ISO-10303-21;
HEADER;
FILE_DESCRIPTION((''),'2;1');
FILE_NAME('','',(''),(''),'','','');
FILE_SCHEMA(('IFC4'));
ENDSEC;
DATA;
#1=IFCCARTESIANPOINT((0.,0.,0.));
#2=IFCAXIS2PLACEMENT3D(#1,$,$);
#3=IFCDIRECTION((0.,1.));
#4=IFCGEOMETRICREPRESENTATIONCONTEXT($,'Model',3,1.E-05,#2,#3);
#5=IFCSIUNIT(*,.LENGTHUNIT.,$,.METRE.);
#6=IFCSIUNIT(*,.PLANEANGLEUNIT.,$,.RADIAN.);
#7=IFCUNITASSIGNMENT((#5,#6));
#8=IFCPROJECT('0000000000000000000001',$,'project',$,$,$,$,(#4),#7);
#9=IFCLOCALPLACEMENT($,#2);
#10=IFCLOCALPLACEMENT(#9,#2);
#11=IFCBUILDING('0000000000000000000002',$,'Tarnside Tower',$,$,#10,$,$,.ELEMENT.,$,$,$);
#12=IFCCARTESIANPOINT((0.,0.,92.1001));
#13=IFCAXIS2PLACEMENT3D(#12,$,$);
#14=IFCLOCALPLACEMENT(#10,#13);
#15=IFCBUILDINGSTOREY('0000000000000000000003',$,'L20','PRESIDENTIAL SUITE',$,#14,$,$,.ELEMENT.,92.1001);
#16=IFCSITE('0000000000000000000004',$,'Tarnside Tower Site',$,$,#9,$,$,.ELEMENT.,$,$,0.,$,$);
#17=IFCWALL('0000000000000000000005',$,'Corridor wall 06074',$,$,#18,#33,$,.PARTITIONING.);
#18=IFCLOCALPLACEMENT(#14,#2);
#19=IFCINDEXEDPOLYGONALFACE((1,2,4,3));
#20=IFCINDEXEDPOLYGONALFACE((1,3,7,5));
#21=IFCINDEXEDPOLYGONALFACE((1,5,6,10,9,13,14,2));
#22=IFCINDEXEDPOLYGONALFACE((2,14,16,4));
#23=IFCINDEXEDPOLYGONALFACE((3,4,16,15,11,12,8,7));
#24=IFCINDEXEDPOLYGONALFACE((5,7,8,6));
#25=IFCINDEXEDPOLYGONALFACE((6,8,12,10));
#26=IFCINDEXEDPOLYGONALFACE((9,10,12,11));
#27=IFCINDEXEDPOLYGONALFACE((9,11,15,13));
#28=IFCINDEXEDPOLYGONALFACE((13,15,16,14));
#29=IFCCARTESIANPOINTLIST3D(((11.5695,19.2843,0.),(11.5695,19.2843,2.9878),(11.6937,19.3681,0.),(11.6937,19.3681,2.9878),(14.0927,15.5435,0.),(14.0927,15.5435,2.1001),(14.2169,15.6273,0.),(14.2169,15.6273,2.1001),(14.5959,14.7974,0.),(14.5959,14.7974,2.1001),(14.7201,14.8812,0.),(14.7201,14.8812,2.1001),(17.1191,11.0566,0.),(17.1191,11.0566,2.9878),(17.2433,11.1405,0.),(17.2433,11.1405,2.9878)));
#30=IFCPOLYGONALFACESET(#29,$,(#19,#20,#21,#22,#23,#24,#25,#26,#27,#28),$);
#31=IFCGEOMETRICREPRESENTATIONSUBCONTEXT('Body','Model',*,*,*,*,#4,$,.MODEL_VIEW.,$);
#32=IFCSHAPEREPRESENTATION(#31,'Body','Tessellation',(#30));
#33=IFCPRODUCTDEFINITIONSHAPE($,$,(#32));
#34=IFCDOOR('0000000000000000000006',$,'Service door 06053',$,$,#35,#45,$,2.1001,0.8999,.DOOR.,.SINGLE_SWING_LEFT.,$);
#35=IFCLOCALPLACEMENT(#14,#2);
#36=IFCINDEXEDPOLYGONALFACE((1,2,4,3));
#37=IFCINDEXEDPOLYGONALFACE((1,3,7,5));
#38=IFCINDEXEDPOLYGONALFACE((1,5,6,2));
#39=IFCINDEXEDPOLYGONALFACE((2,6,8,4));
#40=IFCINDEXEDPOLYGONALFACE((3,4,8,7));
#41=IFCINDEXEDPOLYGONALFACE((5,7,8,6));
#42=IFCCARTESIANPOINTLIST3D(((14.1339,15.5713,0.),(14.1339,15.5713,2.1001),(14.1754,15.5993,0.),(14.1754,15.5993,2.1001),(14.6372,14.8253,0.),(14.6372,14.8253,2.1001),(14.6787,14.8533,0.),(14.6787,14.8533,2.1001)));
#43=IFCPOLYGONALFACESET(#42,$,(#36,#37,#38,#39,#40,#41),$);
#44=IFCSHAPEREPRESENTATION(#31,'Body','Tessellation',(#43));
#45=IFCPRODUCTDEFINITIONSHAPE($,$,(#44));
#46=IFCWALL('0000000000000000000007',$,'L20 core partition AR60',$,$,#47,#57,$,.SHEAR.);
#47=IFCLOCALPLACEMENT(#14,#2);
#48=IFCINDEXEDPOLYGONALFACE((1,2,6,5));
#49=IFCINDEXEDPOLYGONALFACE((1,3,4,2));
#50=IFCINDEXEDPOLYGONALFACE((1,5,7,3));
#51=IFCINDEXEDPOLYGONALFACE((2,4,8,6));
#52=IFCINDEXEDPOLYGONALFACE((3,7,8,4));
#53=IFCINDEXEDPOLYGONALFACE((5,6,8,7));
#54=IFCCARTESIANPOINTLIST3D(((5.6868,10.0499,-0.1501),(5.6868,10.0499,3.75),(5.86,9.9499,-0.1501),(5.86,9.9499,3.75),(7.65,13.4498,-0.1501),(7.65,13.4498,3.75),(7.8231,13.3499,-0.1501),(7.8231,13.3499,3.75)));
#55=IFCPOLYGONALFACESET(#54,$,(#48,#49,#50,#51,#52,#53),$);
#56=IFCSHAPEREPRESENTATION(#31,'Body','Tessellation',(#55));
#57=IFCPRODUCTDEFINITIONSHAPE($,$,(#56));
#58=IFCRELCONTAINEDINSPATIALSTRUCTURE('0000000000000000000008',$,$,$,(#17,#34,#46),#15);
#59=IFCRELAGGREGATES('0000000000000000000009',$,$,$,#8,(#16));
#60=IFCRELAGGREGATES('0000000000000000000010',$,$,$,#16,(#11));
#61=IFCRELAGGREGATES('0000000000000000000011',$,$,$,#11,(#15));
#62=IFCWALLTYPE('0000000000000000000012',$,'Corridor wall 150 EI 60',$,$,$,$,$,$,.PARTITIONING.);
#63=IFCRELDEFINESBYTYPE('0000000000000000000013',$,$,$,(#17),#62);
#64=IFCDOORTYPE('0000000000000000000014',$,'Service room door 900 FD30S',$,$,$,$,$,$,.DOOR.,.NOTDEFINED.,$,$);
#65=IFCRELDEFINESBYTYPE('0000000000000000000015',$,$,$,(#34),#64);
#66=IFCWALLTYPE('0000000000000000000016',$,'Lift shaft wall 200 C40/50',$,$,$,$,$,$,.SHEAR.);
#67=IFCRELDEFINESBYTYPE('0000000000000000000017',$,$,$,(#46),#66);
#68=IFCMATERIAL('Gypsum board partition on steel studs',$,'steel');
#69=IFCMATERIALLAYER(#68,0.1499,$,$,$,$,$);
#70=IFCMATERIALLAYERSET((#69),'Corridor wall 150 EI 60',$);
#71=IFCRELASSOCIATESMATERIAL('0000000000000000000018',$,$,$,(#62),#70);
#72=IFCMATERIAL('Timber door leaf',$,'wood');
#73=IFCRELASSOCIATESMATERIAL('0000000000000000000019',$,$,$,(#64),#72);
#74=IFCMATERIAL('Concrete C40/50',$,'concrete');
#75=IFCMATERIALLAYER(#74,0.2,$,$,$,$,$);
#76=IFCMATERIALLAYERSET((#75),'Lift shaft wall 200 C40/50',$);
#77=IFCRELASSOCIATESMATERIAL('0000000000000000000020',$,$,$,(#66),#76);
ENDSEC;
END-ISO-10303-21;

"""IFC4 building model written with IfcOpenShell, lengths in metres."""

from ifc_helpers import new_model, si_unit, direction, frame, frame_2d, origin, place, context, subcontext, project, spatial, rectangle, extrude, material, layer, layer_set, type_object, element, fill, save


model = new_model("IFC4")

# Units and contexts
model_context = context("Model", 3, precision=1e-05, world=origin(), true_north=direction((0.0, 1.0)))
body_context = subcontext(model_context, "Body", "Model", "MODEL_VIEW")
ifc_project = project(units=[si_unit("LENGTHUNIT", "METRE"), si_unit("PLANEANGLEUNIT", "RADIAN")], contexts=[model_context])

# Site, building, storey
site_placement = place(None, origin())
site = spatial("IfcSite", under=ifc_project, at=site_placement, Name="Tarnside Tower Site", CompositionType="ELEMENT", RefElevation=0.0)
building_placement = place(site_placement, origin())
building = spatial("IfcBuilding", under=site, at=building_placement, Name="Tarnside Tower", CompositionType="ELEMENT")
storey_placement = place(building_placement, frame((0.0, 0.0, 92.1001)))
storey = spatial("IfcBuildingStorey", under=building, at=storey_placement, Name="L20", Description="PRESIDENTIAL SUITE", CompositionType="ELEMENT", Elevation=92.1001)

# Shared definitions
ifc_material_1 = material(Name="Gypsum board partition on steel studs", Category="steel")
ifc_material_2 = material(Name="Timber door leaf", Category="wood")

# Shared definitions
ifc_layer_1 = layer(ifc_material_1, 0.1499)
ifc_layer_set_1 = layer_set([ifc_layer_1], Name="Corridor wall 150 EI 60")
wall_type_1 = type_object("IfcWallType", Name="Corridor wall 150 EI 60", PredefinedType="PARTITIONING", material=ifc_layer_set_1)

# Shared definitions
door_type_1 = type_object("IfcDoorType", Name="Service room door 900 FD30S", OperationType="NOTDEFINED", PredefinedType="DOOR", material=ifc_material_2)

# Wall, opening, door
wall_1_placement = place(storey_placement, frame((11.6316, 19.3262, 0.0), z_axis=(0.0, 0.0, 1.0), x_axis=(0.559194, -0.829037, 0.0)))
wall_1 = element("IfcWall", 1, at=wall_1_placement, inside=storey, type_object=wall_type_1, Name="Corridor wall 06074", PredefinedType="PARTITIONING", context=body_context, shape_type="SweptSolid", body=[
    extrude(rectangle(XDim=9.9243, YDim=0.1499, at=frame_2d((4.9622, 0.0))), origin(), (0.0, 0.0, 1.0), 2.9878),
])
opening_1_placement = place(wall_1_placement, frame((4.5122, 0.0, 0.0)))
opening_1 = element("IfcOpeningElement", 2, at=opening_1_placement, cuts=wall_1, PredefinedType="OPENING", context=body_context, shape_type="SweptSolid", body=[
    extrude(rectangle(XDim=0.8999, YDim=2.1001, at=frame_2d((0.45, 1.05))), frame((0.0, 0.085, 0.0), z_axis=(0.0, -1.0, 0.0), x_axis=(1.0, 0.0, 0.0)), (0.0, 0.0, 1.0), 0.1699),
])
door_1_placement = place(opening_1_placement, origin())
door_1 = element("IfcDoor", 3, at=door_1_placement, inside=storey, type_object=door_type_1, Name="Service door 06053", OperationType="SINGLE_SWING_LEFT", OverallHeight=2.1001, OverallWidth=0.8999, PredefinedType="DOOR", context=body_context, shape_type="SweptSolid", body=[
    extrude(rectangle(XDim=0.8999, YDim=2.1001, at=frame_2d((0.45, 1.05))), frame((0.0, 0.0249, 0.0), z_axis=(0.0, -1.0, 0.0), x_axis=(1.0, 0.0, 0.0)), (0.0, 0.0, 1.0), 0.05),
])
fill(opening_1, door_1)

# Wall
ifc_material_3 = material(Name="Concrete C40/50", Category="concrete")
ifc_layer_2 = layer(ifc_material_3, 0.2)
ifc_layer_set_2 = layer_set([ifc_layer_2], Name="Lift shaft wall 200 C40/50")
wall_type_2 = type_object("IfcWallType", Name="Lift shaft wall 200 C40/50", PredefinedType="SHEAR", material=ifc_layer_set_2)
wall_2_placement = place(storey_placement, frame((5.7734, 10.0, -0.1501), z_axis=(0.0, 0.0, 1.0), x_axis=(0.500038, 0.866003, 0.0)))
element("IfcWall", 4, at=wall_2_placement, inside=storey, type_object=wall_type_2, Name="L20 core partition AR60", PredefinedType="SHEAR", context=body_context, shape_type="SweptSolid", body=[
    extrude(rectangle(XDim=3.926, YDim=0.2, at=frame_2d((1.9629, 0.0))), origin(), (0.0, 0.0, 1.0), 3.9001),
])

save(model, "model.ifc")
